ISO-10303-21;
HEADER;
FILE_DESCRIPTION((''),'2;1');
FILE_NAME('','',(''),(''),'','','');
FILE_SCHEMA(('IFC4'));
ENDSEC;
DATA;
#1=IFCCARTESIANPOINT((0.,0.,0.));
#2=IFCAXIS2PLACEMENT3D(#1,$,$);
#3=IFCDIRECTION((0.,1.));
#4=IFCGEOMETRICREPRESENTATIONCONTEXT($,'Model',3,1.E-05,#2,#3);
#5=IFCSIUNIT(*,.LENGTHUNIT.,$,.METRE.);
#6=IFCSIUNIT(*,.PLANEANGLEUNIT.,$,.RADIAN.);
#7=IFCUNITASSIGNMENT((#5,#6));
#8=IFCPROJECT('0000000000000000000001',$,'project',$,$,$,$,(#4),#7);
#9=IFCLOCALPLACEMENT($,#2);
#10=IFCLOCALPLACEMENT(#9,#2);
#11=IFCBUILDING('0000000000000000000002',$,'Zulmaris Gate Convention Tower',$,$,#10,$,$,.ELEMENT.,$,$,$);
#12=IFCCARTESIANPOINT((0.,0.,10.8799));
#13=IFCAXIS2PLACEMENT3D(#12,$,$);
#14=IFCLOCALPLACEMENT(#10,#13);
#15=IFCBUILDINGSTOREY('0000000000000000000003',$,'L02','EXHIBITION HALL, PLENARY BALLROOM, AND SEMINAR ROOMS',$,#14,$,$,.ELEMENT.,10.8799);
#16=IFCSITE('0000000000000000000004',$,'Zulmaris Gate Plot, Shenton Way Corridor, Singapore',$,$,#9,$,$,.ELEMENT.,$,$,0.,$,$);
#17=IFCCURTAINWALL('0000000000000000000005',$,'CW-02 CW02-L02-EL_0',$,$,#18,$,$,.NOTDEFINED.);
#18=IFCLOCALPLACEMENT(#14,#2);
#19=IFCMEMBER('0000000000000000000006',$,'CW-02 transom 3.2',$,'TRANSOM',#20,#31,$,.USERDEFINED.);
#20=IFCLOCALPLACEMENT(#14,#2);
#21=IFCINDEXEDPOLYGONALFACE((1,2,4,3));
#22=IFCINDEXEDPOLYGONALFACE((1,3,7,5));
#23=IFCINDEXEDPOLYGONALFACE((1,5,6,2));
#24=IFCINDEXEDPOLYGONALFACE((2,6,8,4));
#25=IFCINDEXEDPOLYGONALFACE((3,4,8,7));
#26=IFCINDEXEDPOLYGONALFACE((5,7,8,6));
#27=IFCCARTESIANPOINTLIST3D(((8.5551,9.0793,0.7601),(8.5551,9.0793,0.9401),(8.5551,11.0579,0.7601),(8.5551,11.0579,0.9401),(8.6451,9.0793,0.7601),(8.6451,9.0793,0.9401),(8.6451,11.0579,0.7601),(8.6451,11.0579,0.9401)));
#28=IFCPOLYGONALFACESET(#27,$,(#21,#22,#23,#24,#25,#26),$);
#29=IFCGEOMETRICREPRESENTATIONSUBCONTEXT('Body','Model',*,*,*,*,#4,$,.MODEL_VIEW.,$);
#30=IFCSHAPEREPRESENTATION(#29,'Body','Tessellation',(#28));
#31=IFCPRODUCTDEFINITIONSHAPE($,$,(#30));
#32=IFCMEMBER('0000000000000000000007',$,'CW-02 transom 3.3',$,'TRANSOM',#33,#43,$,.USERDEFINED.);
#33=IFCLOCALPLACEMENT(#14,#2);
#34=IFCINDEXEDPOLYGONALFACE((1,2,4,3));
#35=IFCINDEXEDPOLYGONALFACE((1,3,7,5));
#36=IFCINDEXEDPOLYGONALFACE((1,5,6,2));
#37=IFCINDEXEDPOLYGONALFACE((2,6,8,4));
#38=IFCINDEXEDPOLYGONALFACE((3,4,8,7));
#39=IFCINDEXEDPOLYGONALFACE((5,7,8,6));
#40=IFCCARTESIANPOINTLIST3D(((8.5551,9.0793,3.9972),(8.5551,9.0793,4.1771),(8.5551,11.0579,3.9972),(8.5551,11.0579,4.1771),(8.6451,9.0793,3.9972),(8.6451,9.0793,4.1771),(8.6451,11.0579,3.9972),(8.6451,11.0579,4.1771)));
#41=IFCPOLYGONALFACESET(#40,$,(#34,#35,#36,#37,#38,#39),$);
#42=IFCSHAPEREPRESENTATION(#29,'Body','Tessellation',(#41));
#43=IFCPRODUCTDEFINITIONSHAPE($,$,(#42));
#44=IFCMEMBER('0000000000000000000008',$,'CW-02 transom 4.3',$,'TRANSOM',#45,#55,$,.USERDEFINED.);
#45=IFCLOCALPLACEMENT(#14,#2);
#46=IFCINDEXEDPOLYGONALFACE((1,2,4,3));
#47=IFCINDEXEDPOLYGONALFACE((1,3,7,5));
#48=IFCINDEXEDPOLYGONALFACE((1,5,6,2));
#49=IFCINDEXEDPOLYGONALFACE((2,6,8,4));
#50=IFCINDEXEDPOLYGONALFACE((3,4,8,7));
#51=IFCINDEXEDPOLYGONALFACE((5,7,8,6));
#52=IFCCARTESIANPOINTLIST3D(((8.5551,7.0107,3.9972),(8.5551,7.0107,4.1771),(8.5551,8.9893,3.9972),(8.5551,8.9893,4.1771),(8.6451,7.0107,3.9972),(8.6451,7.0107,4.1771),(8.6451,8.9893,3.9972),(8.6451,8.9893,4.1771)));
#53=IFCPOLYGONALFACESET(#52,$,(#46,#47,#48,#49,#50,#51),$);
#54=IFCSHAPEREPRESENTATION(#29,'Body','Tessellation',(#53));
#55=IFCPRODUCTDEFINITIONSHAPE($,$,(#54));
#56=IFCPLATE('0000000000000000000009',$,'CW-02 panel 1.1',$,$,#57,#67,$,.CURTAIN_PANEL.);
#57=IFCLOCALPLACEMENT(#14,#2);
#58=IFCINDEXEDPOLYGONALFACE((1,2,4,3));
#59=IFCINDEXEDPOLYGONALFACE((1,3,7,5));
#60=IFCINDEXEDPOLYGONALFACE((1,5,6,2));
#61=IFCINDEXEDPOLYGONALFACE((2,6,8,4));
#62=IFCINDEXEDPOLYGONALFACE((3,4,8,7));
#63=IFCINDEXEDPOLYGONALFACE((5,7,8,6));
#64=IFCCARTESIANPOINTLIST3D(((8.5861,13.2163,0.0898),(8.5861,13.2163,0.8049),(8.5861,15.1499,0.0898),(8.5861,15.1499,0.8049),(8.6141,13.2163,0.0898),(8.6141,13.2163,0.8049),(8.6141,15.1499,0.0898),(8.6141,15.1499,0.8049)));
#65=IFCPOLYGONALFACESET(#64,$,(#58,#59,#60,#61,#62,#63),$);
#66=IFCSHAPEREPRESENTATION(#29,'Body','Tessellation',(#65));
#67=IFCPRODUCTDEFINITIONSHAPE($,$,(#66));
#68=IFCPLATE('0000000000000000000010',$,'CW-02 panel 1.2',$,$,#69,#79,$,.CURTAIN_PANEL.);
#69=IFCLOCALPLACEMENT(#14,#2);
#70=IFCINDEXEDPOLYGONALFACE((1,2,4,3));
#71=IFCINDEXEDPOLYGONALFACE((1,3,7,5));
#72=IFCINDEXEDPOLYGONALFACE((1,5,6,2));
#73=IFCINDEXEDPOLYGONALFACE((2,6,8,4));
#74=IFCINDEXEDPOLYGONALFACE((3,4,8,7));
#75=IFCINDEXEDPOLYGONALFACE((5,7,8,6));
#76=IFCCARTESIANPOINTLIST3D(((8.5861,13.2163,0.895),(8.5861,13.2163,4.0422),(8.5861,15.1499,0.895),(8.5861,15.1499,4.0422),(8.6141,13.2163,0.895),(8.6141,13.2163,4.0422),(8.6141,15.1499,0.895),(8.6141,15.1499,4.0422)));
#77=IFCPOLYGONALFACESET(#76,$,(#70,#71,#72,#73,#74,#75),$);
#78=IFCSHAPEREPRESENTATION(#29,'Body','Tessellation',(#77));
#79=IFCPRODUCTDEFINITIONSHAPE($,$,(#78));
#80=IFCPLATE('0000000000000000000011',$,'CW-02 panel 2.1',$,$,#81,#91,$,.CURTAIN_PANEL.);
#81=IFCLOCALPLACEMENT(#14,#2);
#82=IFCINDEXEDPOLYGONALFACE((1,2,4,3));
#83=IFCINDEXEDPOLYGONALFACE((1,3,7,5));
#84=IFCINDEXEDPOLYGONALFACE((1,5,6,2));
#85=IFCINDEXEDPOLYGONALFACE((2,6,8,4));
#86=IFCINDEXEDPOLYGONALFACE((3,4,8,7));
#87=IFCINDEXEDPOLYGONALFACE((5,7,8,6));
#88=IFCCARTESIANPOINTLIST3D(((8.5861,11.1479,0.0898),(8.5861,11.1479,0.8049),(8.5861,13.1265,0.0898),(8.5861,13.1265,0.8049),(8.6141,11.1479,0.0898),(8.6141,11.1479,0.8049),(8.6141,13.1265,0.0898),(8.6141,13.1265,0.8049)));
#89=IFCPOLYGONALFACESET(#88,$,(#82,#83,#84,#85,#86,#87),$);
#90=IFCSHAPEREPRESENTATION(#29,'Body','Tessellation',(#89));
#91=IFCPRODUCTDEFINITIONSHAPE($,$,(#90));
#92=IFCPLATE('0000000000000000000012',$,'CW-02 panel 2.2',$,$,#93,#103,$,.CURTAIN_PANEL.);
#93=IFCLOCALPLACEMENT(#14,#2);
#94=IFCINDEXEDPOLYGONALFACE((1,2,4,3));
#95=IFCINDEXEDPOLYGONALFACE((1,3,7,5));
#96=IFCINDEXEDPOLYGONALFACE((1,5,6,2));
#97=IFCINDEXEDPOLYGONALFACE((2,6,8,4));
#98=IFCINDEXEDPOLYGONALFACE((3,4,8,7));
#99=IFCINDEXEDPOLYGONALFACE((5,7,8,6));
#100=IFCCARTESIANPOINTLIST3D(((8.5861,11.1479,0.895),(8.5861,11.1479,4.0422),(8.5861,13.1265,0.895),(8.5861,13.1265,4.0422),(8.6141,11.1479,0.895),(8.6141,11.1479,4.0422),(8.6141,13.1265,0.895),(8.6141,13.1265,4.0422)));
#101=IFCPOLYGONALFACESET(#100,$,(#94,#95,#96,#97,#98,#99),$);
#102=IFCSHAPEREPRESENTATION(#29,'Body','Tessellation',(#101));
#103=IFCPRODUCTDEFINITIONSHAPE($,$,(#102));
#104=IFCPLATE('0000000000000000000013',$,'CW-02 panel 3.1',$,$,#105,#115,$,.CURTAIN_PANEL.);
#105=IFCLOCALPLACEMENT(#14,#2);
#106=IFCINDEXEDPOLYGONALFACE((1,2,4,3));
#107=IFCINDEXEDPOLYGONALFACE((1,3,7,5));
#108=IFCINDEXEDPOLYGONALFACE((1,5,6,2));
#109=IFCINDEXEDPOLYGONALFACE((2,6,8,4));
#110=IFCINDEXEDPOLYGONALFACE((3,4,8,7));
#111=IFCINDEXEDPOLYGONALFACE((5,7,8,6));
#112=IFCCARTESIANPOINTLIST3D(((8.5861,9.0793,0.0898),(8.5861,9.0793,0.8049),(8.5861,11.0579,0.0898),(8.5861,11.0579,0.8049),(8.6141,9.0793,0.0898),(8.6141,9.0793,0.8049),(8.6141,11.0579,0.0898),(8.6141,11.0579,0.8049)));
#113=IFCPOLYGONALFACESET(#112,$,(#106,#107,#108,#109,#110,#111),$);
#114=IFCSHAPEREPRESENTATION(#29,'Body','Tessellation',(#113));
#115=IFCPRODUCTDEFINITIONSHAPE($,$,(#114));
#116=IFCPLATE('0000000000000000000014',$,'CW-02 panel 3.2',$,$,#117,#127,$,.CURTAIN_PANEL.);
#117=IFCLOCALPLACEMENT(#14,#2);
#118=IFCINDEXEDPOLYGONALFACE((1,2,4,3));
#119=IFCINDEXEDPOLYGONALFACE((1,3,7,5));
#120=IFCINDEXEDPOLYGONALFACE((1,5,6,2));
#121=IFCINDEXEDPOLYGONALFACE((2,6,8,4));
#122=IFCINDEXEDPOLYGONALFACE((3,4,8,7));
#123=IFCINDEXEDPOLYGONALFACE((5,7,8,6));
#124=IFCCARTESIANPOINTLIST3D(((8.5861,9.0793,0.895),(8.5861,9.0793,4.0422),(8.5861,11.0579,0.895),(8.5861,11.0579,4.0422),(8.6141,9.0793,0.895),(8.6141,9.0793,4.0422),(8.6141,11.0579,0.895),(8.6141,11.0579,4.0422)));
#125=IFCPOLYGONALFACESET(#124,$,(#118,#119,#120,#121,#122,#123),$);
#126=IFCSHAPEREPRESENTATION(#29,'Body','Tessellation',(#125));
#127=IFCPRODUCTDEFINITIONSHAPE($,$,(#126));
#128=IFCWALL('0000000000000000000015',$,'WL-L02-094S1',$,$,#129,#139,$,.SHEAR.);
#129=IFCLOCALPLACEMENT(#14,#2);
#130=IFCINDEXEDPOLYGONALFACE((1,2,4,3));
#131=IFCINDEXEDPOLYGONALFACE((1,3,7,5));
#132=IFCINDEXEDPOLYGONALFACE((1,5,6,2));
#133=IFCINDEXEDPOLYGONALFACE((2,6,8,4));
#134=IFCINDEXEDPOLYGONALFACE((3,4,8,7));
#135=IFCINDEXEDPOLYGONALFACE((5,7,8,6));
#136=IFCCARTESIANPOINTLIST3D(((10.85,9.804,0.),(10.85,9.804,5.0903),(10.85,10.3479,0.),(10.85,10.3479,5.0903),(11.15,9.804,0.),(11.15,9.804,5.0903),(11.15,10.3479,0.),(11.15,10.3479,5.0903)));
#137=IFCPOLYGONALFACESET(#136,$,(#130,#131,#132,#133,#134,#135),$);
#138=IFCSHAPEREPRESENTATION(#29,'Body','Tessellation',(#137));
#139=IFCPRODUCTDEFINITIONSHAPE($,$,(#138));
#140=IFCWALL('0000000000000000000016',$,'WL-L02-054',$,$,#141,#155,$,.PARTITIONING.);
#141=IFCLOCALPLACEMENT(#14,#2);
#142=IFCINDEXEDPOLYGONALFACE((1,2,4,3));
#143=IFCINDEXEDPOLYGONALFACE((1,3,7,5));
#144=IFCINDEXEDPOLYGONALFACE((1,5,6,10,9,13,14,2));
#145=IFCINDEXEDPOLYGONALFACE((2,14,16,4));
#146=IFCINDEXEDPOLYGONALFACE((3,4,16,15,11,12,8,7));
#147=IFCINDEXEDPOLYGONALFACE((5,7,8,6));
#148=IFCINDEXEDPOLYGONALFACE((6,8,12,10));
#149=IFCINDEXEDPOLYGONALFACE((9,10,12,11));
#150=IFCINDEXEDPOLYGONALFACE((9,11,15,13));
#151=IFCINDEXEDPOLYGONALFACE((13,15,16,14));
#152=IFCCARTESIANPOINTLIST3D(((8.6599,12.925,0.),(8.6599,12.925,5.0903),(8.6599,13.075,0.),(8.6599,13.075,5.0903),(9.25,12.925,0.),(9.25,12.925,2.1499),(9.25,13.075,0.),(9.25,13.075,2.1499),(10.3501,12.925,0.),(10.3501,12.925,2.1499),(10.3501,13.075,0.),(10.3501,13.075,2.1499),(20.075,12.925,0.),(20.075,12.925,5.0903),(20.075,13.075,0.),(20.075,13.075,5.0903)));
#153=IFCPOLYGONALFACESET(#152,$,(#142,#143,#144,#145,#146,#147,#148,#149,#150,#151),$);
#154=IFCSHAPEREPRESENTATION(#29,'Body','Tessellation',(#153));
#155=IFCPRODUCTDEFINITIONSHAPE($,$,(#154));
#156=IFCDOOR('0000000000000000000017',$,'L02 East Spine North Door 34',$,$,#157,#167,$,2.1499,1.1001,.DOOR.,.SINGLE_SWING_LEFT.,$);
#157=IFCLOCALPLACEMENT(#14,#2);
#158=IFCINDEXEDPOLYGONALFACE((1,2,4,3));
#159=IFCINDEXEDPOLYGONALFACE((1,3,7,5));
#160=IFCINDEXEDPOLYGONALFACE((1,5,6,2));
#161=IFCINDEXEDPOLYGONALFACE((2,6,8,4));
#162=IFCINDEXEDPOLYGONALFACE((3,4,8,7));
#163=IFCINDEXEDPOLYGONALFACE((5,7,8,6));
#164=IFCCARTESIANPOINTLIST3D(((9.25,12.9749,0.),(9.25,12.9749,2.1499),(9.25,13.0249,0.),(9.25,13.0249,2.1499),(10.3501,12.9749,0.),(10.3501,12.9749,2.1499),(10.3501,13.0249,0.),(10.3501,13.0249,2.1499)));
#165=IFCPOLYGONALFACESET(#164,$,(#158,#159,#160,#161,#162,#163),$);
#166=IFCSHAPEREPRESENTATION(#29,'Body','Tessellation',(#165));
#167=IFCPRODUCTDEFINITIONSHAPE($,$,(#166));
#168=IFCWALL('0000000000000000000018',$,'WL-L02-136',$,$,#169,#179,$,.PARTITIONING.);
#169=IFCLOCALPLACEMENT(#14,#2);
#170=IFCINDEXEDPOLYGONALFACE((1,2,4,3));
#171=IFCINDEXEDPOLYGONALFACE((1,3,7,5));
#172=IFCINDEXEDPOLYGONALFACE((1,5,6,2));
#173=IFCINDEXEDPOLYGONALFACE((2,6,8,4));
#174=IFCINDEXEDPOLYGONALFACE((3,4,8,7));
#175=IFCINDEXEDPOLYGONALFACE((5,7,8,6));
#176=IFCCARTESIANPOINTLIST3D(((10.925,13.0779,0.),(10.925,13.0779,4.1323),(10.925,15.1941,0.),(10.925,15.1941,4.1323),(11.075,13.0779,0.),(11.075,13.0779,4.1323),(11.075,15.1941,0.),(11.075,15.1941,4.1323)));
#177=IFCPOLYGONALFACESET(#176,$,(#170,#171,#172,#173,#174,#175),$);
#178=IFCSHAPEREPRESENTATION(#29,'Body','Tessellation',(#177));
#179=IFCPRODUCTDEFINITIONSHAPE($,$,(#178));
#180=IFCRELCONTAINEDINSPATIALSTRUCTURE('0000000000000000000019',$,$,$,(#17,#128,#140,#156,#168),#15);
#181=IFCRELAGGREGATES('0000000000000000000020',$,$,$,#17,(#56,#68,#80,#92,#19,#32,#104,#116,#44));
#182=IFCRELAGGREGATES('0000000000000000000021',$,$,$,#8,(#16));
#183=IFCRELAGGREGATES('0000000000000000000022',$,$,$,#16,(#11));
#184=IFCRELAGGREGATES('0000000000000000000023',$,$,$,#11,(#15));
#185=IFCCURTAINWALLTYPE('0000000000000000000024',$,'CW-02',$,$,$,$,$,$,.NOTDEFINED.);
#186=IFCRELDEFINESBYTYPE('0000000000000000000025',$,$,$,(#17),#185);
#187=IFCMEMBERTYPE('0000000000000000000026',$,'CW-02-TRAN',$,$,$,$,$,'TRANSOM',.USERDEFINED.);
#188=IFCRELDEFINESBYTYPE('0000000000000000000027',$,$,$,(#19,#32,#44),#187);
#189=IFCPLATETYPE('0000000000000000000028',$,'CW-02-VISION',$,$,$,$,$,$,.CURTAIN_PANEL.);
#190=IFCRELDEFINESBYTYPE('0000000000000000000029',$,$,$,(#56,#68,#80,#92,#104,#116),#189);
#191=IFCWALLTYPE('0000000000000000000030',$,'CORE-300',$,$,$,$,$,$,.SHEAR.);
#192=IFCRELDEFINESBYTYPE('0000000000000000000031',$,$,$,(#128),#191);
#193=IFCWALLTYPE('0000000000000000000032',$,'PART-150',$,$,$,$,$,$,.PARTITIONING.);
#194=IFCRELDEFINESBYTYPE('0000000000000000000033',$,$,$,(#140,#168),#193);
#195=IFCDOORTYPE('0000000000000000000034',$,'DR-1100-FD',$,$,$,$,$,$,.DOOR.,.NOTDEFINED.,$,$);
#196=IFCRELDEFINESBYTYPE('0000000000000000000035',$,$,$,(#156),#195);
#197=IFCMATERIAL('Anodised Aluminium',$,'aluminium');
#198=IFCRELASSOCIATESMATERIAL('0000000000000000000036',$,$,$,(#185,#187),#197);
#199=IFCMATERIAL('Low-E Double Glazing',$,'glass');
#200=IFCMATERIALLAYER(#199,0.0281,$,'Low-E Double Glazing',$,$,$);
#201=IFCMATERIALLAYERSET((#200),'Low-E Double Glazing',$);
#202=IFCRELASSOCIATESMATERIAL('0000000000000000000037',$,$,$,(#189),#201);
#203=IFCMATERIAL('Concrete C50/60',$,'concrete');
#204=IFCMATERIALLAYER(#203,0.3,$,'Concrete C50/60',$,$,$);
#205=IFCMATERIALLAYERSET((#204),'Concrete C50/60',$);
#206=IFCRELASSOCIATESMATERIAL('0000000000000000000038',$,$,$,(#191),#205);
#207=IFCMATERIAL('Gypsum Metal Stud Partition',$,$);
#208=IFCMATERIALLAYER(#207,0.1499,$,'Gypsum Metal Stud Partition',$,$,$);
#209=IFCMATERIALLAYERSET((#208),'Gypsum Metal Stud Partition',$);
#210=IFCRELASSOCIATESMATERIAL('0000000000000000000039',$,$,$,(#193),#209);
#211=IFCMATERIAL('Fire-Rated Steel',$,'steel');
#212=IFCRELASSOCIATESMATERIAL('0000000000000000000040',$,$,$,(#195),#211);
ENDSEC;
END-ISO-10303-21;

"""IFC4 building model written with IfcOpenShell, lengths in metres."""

from ifc_helpers import new_model, si_unit, direction, frame, frame_2d, origin, origin_2d, place, context, subcontext, project, spatial, rectangle, extrude, material, layer, layer_set, material_profile, profile_set, type_object, element, fill, aggregate, save


model = new_model("IFC4")

# Units and contexts
model_context = context("Model", 3, precision=1e-05, world=origin(), true_north=direction((0.0, 1.0)))
body_context = subcontext(model_context, "Body", "Model", "MODEL_VIEW")
ifc_project = project(units=[si_unit("LENGTHUNIT", "METRE"), si_unit("PLANEANGLEUNIT", "RADIAN")], contexts=[model_context])

# Site, building, storey
site_placement = place(None, origin())
site = spatial("IfcSite", under=ifc_project, at=site_placement, Name="Zulmaris Gate Plot, Shenton Way Corridor, Singapore", CompositionType="ELEMENT", RefElevation=0.0)
building_placement = place(site_placement, origin())
building = spatial("IfcBuilding", under=site, at=building_placement, Name="Zulmaris Gate Convention Tower", CompositionType="ELEMENT")
storey_placement = place(building_placement, frame((0.0, 0.0, 10.8799)))
storey = spatial("IfcBuildingStorey", under=building, at=storey_placement, Name="L02", Description="EXHIBITION HALL, PLENARY BALLROOM, AND SEMINAR ROOMS", CompositionType="ELEMENT", Elevation=10.8799)

# Curtain wall, members, plates
ifc_material_1 = material(Name="Anodised Aluminium", Category="aluminium")
curtain_wall_type = type_object("IfcCurtainWallType", Name="CW-02", PredefinedType="NOTDEFINED", material=ifc_material_1)
curtain_wall_placement = place(storey_placement, origin())
curtain_wall = element("IfcCurtainWall", 1, at=curtain_wall_placement, inside=storey, type_object=curtain_wall_type, Name="CW-02 CW02-L02-EL_0", PredefinedType="NOTDEFINED")
ifc_material_profile_1 = material_profile(ifc_material_1, rectangle(XDim=0.0901, YDim=0.1799, at=origin_2d()), Name="ALU TRANSOM 90x180")
ifc_profile_set_1 = profile_set([ifc_material_profile_1], Name="Anodised Aluminium")
member_type_1 = type_object("IfcMemberType", Name="CW-02-TRAN", ElementType="TRANSOM", PredefinedType="USERDEFINED", material=ifc_profile_set_1)
member_1_placement = place(storey_placement, frame((8.6001, 11.0579, 0.8501), z_axis=(0.0, -1.0, 0.0), x_axis=(1.0, 0.0, 0.0)))
member_1 = element("IfcMember", 2, at=member_1_placement, type_object=member_type_1, Name="CW-02 transom 3.2", ObjectType="TRANSOM", PredefinedType="USERDEFINED", context=body_context, shape_type="SweptSolid", body=[
    extrude(rectangle(XDim=0.0901, YDim=0.1799, at=origin_2d()), origin(), (0.0, 0.0, 1.0), 1.9785),
])
member_2_placement = place(storey_placement, frame((8.6001, 11.0579, 4.0872), z_axis=(0.0, -1.0, 0.0), x_axis=(1.0, 0.0, 0.0)))
member_2 = element("IfcMember", 3, at=member_2_placement, type_object=member_type_1, Name="CW-02 transom 3.3", ObjectType="TRANSOM", PredefinedType="USERDEFINED", context=body_context, shape_type="SweptSolid", body=[
    extrude(rectangle(XDim=0.0901, YDim=0.1799, at=origin_2d()), origin(), (0.0, 0.0, 1.0), 1.9785),
])
member_3_placement = place(storey_placement, frame((8.6001, 8.9893, 4.0872), z_axis=(0.0, -1.0, 0.0), x_axis=(1.0, 0.0, 0.0)))
member_3 = element("IfcMember", 4, at=member_3_placement, type_object=member_type_1, Name="CW-02 transom 4.3", ObjectType="TRANSOM", PredefinedType="USERDEFINED", context=body_context, shape_type="SweptSolid", body=[
    extrude(rectangle(XDim=0.0901, YDim=0.1799, at=origin_2d()), origin(), (0.0, 0.0, 1.0), 1.9785),
])
ifc_material_2 = material(Name="Low-E Double Glazing", Category="glass")
ifc_layer_1 = layer(ifc_material_2, 0.0281, Name="Low-E Double Glazing")
ifc_layer_set_1 = layer_set([ifc_layer_1], Name="Low-E Double Glazing")
plate_type = type_object("IfcPlateType", Name="CW-02-VISION", PredefinedType="CURTAIN_PANEL", material=ifc_layer_set_1)
plate_1_placement = place(storey_placement, frame((8.6001, 14.1831, 0.0898), z_axis=(0.0, 0.0, 1.0), x_axis=(0.0, -1.0, 0.0)))
plate_1 = element("IfcPlate", 5, at=plate_1_placement, type_object=plate_type, Name="CW-02 panel 1.1", PredefinedType="CURTAIN_PANEL", context=body_context, shape_type="SweptSolid", body=[
    extrude(rectangle(XDim=1.9336, YDim=0.0281, at=origin_2d()), origin(), (0.0, 0.0, 1.0), 0.7151),
])
plate_2_placement = place(storey_placement, frame((8.6001, 14.1831, 0.895), z_axis=(0.0, 0.0, 1.0), x_axis=(0.0, -1.0, 0.0)))
plate_2 = element("IfcPlate", 6, at=plate_2_placement, type_object=plate_type, Name="CW-02 panel 1.2", PredefinedType="CURTAIN_PANEL", context=body_context, shape_type="SweptSolid", body=[
    extrude(rectangle(XDim=1.9336, YDim=0.0281, at=origin_2d()), origin(), (0.0, 0.0, 1.0), 3.1472),
])
plate_3_placement = place(storey_placement, frame((8.6001, 12.1372, 0.0898), z_axis=(0.0, 0.0, 1.0), x_axis=(0.0, -1.0, 0.0)))
plate_3 = element("IfcPlate", 7, at=plate_3_placement, type_object=plate_type, Name="CW-02 panel 2.1", PredefinedType="CURTAIN_PANEL", context=body_context, shape_type="SweptSolid", body=[
    extrude(rectangle(XDim=1.9785, YDim=0.0281, at=origin_2d()), origin(), (0.0, 0.0, 1.0), 0.7151),
])
plate_4_placement = place(storey_placement, frame((8.6001, 12.1372, 0.895), z_axis=(0.0, 0.0, 1.0), x_axis=(0.0, -1.0, 0.0)))
plate_4 = element("IfcPlate", 8, at=plate_4_placement, type_object=plate_type, Name="CW-02 panel 2.2", PredefinedType="CURTAIN_PANEL", context=body_context, shape_type="SweptSolid", body=[
    extrude(rectangle(XDim=1.9785, YDim=0.0281, at=origin_2d()), origin(), (0.0, 0.0, 1.0), 3.1472),
])
plate_5_placement = place(storey_placement, frame((8.6001, 10.0686, 0.0898), z_axis=(0.0, 0.0, 1.0), x_axis=(0.0, -1.0, 0.0)))
plate_5 = element("IfcPlate", 9, at=plate_5_placement, type_object=plate_type, Name="CW-02 panel 3.1", PredefinedType="CURTAIN_PANEL", context=body_context, shape_type="SweptSolid", body=[
    extrude(rectangle(XDim=1.9785, YDim=0.0281, at=origin_2d()), origin(), (0.0, 0.0, 1.0), 0.7151),
])
plate_6_placement = place(storey_placement, frame((8.6001, 10.0686, 0.895), z_axis=(0.0, 0.0, 1.0), x_axis=(0.0, -1.0, 0.0)))
plate_6 = element("IfcPlate", 10, at=plate_6_placement, type_object=plate_type, Name="CW-02 panel 3.2", PredefinedType="CURTAIN_PANEL", context=body_context, shape_type="SweptSolid", body=[
    extrude(rectangle(XDim=1.9785, YDim=0.0281, at=origin_2d()), origin(), (0.0, 0.0, 1.0), 3.1472),
])
aggregate(curtain_wall, [plate_1, plate_2, plate_3, plate_4, member_1, member_2, plate_5, plate_6, member_3])

# Shared definitions
ifc_material_3 = material(Name="Concrete C50/60", Category="concrete")
ifc_layer_2 = layer(ifc_material_3, 0.3, Name="Concrete C50/60")
ifc_layer_set_2 = layer_set([ifc_layer_2], Name="Concrete C50/60")
wall_type_1 = type_object("IfcWallType", Name="CORE-300", PredefinedType="SHEAR", material=ifc_layer_set_2)

# Wall
wall_1_placement = place(storey_placement, frame((11.0, 9.804, 0.0), z_axis=(0.0, 0.0, 1.0), x_axis=(0.0, 1.0, 0.0)))
element("IfcWall", 11, at=wall_1_placement, inside=storey, type_object=wall_type_1, Name="WL-L02-094S1", PredefinedType="SHEAR", context=body_context, shape_type="SweptSolid", body=[
    extrude(rectangle(XDim=0.5439, YDim=0.3, at=frame_2d((0.272, 0.0))), origin(), (0.0, 0.0, 1.0), 5.0903),
])

# Wall, opening, door
ifc_material_4 = material(Name="Gypsum Metal Stud Partition")
ifc_layer_3 = layer(ifc_material_4, 0.1499, Name="Gypsum Metal Stud Partition")
ifc_layer_set_3 = layer_set([ifc_layer_3], Name="Gypsum Metal Stud Partition")
wall_type_2 = type_object("IfcWallType", Name="PART-150", PredefinedType="PARTITIONING", material=ifc_layer_set_3)
ifc_material_5 = material(Name="Fire-Rated Steel", Category="steel")
door_type_1 = type_object("IfcDoorType", Name="DR-1100-FD", OperationType="NOTDEFINED", PredefinedType="DOOR", material=ifc_material_5)
wall_2_placement = place(storey_placement, frame((8.6599, 13.0, 0.0), z_axis=(0.0, 0.0, 1.0), x_axis=(1.0, 0.0, 0.0)))
wall_2 = element("IfcWall", 12, at=wall_2_placement, inside=storey, type_object=wall_type_2, Name="WL-L02-054", PredefinedType="PARTITIONING", context=body_context, shape_type="SweptSolid", body=[
    extrude(rectangle(XDim=11.415, YDim=0.1499, at=frame_2d((5.7075, 0.0))), origin(), (0.0, 0.0, 1.0), 5.0903),
])
opening_1_placement = place(wall_2_placement, frame((0.5901, 0.0, 0.0)))
opening_1 = element("IfcOpeningElement", 13, at=opening_1_placement, cuts=wall_2, PredefinedType="OPENING", context=body_context, shape_type="SweptSolid", body=[
    extrude(rectangle(XDim=1.1001, YDim=2.1499, at=frame_2d((0.55, 1.075))), frame((0.0, 0.085, 0.0), z_axis=(0.0, -1.0, 0.0), x_axis=(1.0, 0.0, 0.0)), (0.0, 0.0, 1.0), 0.1699),
])
door_1_placement = place(opening_1_placement, origin())
door_1 = element("IfcDoor", 14, at=door_1_placement, inside=storey, type_object=door_type_1, Name="L02 East Spine North Door 34", OperationType="SINGLE_SWING_LEFT", OverallHeight=2.1499, OverallWidth=1.1001, PredefinedType="DOOR", context=body_context, shape_type="SweptSolid", body=[
    extrude(rectangle(XDim=1.1001, YDim=2.1499, at=frame_2d((0.55, 1.075))), frame((0.0, 0.0249, 0.0), z_axis=(0.0, -1.0, 0.0), x_axis=(1.0, 0.0, 0.0)), (0.0, 0.0, 1.0), 0.05),
])
fill(opening_1, door_1)

# Wall
wall_3_placement = place(storey_placement, frame((11.0, 13.0779, 0.0), z_axis=(0.0, 0.0, 1.0), x_axis=(0.0, 1.0, 0.0)))
element("IfcWall", 15, at=wall_3_placement, inside=storey, type_object=wall_type_2, Name="WL-L02-136", PredefinedType="PARTITIONING", context=body_context, shape_type="SweptSolid", body=[
    extrude(rectangle(XDim=2.1162, YDim=0.1499, at=frame_2d((1.0581, 0.0))), origin(), (0.0, 0.0, 1.0), 4.1323),
])

save(model, "model.ifc")
